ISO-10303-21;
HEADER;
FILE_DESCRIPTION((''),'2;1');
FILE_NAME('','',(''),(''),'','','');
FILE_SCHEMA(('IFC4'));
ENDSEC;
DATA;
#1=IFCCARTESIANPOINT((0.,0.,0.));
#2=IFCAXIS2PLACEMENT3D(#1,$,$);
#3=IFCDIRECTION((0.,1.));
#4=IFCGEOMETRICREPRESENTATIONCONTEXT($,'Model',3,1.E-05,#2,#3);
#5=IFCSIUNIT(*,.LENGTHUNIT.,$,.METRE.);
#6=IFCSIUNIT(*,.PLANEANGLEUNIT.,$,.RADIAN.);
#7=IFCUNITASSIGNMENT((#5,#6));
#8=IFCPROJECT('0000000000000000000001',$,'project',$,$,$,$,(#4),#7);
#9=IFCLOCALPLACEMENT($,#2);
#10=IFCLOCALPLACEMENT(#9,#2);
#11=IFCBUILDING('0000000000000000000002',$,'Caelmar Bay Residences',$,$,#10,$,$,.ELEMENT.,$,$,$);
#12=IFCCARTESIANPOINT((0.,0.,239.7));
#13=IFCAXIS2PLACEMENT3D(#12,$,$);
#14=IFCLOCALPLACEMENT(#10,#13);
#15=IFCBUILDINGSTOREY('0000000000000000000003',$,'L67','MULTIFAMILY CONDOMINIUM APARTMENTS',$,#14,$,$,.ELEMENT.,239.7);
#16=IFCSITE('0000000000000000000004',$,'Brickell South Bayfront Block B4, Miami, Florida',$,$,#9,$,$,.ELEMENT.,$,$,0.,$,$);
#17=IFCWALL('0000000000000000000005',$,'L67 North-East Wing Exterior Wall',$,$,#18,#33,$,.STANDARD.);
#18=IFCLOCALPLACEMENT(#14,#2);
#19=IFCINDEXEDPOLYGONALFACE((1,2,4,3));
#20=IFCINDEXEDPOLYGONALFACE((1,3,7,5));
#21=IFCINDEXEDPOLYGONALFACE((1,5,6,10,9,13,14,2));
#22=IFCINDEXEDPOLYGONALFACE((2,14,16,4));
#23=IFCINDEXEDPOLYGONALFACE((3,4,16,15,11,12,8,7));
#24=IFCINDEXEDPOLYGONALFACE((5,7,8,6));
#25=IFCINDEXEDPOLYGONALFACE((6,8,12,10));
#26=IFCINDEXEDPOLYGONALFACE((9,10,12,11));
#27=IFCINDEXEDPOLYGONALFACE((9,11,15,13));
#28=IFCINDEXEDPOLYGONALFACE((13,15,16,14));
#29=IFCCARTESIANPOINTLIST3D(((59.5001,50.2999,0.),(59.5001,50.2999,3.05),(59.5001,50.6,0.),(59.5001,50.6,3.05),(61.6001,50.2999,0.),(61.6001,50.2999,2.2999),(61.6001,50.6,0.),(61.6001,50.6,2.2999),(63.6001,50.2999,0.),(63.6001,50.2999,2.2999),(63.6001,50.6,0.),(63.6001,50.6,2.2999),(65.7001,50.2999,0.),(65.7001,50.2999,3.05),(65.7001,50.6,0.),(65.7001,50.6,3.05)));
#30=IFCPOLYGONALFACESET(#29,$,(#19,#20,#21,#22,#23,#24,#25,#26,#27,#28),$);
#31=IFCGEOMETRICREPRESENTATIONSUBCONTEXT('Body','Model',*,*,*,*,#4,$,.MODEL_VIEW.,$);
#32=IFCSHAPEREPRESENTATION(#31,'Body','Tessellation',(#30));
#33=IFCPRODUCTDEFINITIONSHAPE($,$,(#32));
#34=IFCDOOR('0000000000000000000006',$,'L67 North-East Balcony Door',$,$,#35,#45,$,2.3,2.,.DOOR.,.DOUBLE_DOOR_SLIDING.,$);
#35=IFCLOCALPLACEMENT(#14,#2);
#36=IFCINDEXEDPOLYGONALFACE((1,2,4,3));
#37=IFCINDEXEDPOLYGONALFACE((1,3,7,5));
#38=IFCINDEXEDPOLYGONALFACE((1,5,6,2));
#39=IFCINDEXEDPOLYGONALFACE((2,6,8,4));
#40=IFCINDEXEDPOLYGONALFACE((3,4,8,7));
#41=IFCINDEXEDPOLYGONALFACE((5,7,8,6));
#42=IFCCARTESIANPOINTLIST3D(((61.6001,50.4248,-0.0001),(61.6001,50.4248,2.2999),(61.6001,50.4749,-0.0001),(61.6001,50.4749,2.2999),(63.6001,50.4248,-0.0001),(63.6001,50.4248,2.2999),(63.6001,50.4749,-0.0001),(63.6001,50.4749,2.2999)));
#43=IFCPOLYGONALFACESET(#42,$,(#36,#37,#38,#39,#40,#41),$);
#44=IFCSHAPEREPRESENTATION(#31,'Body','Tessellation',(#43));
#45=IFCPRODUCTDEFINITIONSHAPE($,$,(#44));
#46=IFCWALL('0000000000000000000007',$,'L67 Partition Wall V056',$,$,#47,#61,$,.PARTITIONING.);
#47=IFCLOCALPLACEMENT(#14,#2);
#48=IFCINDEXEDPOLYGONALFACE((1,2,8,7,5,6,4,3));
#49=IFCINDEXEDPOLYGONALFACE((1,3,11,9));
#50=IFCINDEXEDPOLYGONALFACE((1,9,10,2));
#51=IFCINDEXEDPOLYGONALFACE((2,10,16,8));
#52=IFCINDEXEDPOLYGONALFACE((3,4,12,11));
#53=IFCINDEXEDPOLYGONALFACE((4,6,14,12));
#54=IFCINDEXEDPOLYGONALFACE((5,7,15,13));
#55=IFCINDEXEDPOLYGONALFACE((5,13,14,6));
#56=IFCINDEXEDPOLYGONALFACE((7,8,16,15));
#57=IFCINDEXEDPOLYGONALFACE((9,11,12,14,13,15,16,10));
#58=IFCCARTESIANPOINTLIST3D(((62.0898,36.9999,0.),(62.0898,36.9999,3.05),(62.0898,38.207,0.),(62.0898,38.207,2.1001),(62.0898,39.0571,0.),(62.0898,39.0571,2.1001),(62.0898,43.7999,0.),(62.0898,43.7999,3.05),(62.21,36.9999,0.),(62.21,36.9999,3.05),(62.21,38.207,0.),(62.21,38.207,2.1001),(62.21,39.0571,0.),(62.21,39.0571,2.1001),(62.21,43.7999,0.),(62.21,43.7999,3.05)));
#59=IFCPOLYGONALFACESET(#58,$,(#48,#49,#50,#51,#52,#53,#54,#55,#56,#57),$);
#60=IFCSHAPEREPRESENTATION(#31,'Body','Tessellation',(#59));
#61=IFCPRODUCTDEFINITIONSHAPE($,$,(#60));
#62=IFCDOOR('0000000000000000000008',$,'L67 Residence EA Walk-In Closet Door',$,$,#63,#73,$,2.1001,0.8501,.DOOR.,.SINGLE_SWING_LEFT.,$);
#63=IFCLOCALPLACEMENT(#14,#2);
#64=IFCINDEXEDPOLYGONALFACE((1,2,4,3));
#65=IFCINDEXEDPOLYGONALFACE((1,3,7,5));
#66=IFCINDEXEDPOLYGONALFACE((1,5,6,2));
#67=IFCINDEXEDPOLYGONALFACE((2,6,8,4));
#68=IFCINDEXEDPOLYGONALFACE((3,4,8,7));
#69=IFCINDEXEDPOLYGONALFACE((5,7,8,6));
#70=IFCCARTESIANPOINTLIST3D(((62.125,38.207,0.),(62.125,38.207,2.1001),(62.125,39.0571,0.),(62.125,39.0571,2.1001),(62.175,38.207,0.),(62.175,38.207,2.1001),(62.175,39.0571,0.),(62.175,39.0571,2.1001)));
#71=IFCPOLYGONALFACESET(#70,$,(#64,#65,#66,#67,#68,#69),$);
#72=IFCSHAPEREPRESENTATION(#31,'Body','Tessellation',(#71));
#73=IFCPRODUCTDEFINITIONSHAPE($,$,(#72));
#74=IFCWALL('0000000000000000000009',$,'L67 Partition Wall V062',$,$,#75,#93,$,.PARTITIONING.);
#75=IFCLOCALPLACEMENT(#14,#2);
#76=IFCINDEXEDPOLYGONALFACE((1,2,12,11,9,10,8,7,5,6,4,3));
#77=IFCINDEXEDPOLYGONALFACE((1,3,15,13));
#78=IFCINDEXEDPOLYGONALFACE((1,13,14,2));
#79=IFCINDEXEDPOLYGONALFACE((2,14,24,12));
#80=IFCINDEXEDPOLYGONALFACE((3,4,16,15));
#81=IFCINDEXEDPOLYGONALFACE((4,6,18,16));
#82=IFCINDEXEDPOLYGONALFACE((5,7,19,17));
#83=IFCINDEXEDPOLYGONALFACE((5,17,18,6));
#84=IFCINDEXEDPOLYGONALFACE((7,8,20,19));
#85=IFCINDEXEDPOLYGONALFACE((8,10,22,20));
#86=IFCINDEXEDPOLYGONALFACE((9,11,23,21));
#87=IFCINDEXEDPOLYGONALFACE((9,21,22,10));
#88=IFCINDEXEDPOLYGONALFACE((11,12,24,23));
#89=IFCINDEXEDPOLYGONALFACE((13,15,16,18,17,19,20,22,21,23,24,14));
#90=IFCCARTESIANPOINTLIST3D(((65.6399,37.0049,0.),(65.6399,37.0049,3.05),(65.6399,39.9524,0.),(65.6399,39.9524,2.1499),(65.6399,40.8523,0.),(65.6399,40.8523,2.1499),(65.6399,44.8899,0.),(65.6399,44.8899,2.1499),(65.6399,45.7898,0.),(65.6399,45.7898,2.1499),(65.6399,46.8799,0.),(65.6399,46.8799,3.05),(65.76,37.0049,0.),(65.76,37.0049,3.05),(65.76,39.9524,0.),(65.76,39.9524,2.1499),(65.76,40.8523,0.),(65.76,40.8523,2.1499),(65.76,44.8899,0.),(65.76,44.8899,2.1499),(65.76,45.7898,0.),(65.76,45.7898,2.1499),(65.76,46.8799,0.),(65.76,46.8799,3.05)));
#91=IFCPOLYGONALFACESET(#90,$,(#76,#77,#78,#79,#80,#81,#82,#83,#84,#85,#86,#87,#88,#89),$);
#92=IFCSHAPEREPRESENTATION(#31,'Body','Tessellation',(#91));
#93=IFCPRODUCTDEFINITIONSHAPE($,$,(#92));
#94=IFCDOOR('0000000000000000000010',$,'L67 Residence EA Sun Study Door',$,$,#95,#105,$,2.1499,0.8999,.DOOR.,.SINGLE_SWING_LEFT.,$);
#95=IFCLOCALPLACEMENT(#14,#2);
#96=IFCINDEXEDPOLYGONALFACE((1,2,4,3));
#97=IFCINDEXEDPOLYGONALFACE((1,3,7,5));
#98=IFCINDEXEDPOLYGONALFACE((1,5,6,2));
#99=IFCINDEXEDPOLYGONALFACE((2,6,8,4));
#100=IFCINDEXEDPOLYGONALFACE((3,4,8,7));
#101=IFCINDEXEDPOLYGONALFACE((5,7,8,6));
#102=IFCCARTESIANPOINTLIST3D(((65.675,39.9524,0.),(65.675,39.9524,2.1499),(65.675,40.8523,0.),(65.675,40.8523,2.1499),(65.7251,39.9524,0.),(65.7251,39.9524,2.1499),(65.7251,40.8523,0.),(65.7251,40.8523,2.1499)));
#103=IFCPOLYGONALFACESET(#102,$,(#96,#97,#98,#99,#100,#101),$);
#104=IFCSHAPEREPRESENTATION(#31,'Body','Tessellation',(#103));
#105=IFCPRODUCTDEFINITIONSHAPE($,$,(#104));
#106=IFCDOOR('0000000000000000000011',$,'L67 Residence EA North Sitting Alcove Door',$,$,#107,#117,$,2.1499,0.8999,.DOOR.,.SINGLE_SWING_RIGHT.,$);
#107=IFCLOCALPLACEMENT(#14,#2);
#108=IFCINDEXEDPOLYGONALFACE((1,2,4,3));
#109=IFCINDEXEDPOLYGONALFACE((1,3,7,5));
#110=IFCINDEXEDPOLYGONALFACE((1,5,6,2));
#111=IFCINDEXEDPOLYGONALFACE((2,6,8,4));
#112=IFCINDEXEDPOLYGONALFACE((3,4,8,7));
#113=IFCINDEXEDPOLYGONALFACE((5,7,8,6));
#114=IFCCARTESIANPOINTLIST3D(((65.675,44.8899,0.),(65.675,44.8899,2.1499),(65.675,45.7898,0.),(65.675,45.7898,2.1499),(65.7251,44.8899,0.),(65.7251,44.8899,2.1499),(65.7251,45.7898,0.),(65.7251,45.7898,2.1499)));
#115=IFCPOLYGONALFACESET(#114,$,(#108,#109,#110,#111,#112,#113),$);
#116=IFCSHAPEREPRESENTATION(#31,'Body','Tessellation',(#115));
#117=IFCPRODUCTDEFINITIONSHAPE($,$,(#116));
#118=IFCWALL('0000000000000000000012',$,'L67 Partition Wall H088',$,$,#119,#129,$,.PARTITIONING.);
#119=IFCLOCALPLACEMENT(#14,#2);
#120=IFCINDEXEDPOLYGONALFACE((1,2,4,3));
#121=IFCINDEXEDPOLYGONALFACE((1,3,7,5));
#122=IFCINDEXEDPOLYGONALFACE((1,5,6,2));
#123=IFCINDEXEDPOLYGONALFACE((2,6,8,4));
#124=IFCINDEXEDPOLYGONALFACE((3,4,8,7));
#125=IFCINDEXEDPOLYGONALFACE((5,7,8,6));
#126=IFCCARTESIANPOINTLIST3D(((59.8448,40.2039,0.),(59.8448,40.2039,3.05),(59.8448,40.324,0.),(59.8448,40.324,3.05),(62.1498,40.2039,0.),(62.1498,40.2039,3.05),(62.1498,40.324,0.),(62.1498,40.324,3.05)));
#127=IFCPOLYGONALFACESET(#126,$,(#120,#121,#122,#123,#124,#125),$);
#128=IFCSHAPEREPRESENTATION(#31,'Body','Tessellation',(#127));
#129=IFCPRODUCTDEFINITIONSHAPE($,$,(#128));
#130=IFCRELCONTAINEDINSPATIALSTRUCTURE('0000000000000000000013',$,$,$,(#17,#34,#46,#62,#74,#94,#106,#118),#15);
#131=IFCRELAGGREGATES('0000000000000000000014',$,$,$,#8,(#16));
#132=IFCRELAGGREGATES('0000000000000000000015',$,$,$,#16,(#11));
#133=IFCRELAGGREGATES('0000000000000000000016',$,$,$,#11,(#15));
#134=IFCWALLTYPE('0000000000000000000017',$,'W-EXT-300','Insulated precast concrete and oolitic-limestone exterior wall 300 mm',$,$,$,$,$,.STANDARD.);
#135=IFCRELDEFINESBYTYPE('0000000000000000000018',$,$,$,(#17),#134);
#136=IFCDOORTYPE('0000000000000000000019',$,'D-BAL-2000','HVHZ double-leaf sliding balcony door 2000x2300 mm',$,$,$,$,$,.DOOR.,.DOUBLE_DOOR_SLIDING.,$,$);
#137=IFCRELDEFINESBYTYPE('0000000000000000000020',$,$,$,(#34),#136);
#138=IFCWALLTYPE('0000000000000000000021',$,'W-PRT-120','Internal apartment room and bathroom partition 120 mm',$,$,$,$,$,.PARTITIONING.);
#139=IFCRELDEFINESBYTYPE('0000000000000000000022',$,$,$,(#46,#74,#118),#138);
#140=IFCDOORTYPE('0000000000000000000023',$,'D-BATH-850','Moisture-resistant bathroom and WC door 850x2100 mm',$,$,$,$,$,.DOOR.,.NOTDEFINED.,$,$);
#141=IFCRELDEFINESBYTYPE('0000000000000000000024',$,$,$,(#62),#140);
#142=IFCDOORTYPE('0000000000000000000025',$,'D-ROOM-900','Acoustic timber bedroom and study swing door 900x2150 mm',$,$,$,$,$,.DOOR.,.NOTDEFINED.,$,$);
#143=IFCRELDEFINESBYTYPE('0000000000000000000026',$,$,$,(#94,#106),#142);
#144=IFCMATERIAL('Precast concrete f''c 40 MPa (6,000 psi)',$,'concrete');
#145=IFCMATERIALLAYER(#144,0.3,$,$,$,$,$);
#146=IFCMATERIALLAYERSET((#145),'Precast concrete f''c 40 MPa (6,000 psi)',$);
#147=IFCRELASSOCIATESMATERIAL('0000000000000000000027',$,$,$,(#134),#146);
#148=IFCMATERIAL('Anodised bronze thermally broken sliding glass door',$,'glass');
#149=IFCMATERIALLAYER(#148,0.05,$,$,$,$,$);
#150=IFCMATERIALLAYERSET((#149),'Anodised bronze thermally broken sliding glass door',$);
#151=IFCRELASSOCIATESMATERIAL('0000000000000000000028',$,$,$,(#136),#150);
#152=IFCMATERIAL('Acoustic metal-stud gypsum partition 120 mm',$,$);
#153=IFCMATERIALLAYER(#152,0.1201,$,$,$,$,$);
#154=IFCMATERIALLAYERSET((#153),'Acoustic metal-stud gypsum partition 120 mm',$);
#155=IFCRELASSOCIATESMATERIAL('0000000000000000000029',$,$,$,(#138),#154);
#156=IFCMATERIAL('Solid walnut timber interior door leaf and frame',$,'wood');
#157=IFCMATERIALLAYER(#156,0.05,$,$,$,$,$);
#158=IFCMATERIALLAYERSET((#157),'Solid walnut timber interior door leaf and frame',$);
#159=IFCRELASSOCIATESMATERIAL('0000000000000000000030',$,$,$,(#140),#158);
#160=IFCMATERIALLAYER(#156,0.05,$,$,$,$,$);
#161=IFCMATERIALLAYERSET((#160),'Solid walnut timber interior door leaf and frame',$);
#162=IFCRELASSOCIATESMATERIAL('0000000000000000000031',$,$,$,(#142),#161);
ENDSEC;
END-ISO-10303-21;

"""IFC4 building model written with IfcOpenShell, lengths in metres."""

from ifc_helpers import new_model, si_unit, direction, frame, frame_2d, origin, place, context, subcontext, project, spatial, rectangle, extrude, material, layer, layer_set, type_object, element, fill, save


model = new_model("IFC4")

# Units and contexts
model_context = context("Model", 3, precision=1e-05, world=origin(), true_north=direction((0.0, 1.0)))
body_context = subcontext(model_context, "Body", "Model", "MODEL_VIEW")
ifc_project = project(units=[si_unit("LENGTHUNIT", "METRE"), si_unit("PLANEANGLEUNIT", "RADIAN")], contexts=[model_context])

# Site, building, storey
site_placement = place(None, origin())
site = spatial("IfcSite", under=ifc_project, at=site_placement, Name="Brickell South Bayfront Block B4, Miami, Florida", CompositionType="ELEMENT", RefElevation=0.0)
building_placement = place(site_placement, origin())
building = spatial("IfcBuilding", under=site, at=building_placement, Name="Caelmar Bay Residences", CompositionType="ELEMENT")
storey_placement = place(building_placement, frame((0.0, 0.0, 239.7)))
storey = spatial("IfcBuildingStorey", under=building, at=storey_placement, Name="L67", Description="MULTIFAMILY CONDOMINIUM APARTMENTS", CompositionType="ELEMENT", Elevation=239.7)

# Shared definitions
ifc_material_1 = material(Name="Precast concrete f'c 40 MPa (6,000 psi)", Category="concrete")
ifc_layer_1 = layer(ifc_material_1, 0.3)
ifc_layer_set_1 = layer_set([ifc_layer_1], Name="Precast concrete f'c 40 MPa (6,000 psi)")
wall_type_1 = type_object("IfcWallType", Name="W-EXT-300", Description="Insulated precast concrete and oolitic-limestone exterior wall 300 mm", PredefinedType="STANDARD", material=ifc_layer_set_1)

# Walls, openings, doors
wall_1_placement = place(storey_placement, frame((59.5, 50.45, 0.0), z_axis=(0.0, 0.0, 1.0), x_axis=(1.0, 0.0, 0.0)))
wall_1 = element("IfcWall", 1, at=wall_1_placement, inside=storey, type_object=wall_type_1, Name="L67 North-East Wing Exterior Wall", PredefinedType="STANDARD", context=body_context, shape_type="SweptSolid", body=[
    extrude(rectangle(XDim=6.2, YDim=0.3, at=frame_2d((3.1001, 0.0))), origin(), (0.0, 0.0, 1.0), 3.05),
])
opening_1_placement = place(wall_1_placement, frame((2.1001, 0.0, 0.0)))
opening_1 = element("IfcOpeningElement", 2, at=opening_1_placement, cuts=wall_1, PredefinedType="OPENING", context=body_context, shape_type="SweptSolid", body=[
    extrude(rectangle(XDim=2.0, YDim=2.3, at=frame_2d((1.0, 1.1499))), frame((0.0, 0.1599, 0.0), z_axis=(0.0, -1.0, 0.0), x_axis=(1.0, 0.0, 0.0)), (0.0, 0.0, 1.0), 0.3201),
])
ifc_material_2 = material(Name="Anodised bronze thermally broken sliding glass door", Category="glass")
ifc_layer_2 = layer(ifc_material_2, 0.05)
ifc_layer_set_2 = layer_set([ifc_layer_2], Name="Anodised bronze thermally broken sliding glass door")
door_type_1 = type_object("IfcDoorType", Name="D-BAL-2000", Description="HVHZ double-leaf sliding balcony door 2000x2300 mm", OperationType="DOUBLE_DOOR_SLIDING", PredefinedType="DOOR", material=ifc_layer_set_2)
door_1_placement = place(opening_1_placement, origin())
door_1 = element("IfcDoor", 3, at=door_1_placement, inside=storey, type_object=door_type_1, Name="L67 North-East Balcony Door", OperationType="DOUBLE_DOOR_SLIDING", OverallHeight=2.3, OverallWidth=2.0, PredefinedType="DOOR", context=body_context, shape_type="SweptSolid", body=[
    extrude(rectangle(XDim=2.0, YDim=2.3, at=frame_2d((1.0, 1.1499))), frame((0.0, 0.0249, 0.0), z_axis=(0.0, -1.0, 0.0), x_axis=(1.0, 0.0, 0.0)), (0.0, 0.0, 1.0), 0.05),
])
fill(opening_1, door_1)
ifc_material_3 = material(Name="Acoustic metal-stud gypsum partition 120 mm")
ifc_layer_3 = layer(ifc_material_3, 0.1201)
ifc_layer_set_3 = layer_set([ifc_layer_3], Name="Acoustic metal-stud gypsum partition 120 mm")
wall_type_2 = type_object("IfcWallType", Name="W-PRT-120", Description="Internal apartment room and bathroom partition 120 mm", PredefinedType="PARTITIONING", material=ifc_layer_set_3)
wall_2_placement = place(storey_placement, frame((62.1499, 37.0, 0.0), z_axis=(0.0, 0.0, 1.0), x_axis=(0.0, 1.0, 0.0)))
wall_2 = element("IfcWall", 4, at=wall_2_placement, inside=storey, type_object=wall_type_2, Name="L67 Partition Wall V056", PredefinedType="PARTITIONING", context=body_context, shape_type="SweptSolid", body=[
    extrude(rectangle(XDim=6.8, YDim=0.1201, at=frame_2d((3.3999, 0.0))), origin(), (0.0, 0.0, 1.0), 3.05),
])
opening_2_placement = place(wall_2_placement, frame((1.207, 0.0, 0.0)))
opening_2 = element("IfcOpeningElement", 5, at=opening_2_placement, cuts=wall_2, PredefinedType="OPENING", context=body_context, shape_type="SweptSolid", body=[
    extrude(rectangle(XDim=0.8501, YDim=2.1001, at=frame_2d((0.425, 1.05))), frame((0.0, 0.0701, 0.0), z_axis=(0.0, -1.0, 0.0), x_axis=(1.0, 0.0, 0.0)), (0.0, 0.0, 1.0), 0.1401),
])
ifc_material_4 = material(Name="Solid walnut timber interior door leaf and frame", Category="wood")
ifc_layer_4 = layer(ifc_material_4, 0.05)
ifc_layer_set_4 = layer_set([ifc_layer_4], Name="Solid walnut timber interior door leaf and frame")
door_type_2 = type_object("IfcDoorType", Name="D-BATH-850", Description="Moisture-resistant bathroom and WC door 850x2100 mm", OperationType="NOTDEFINED", PredefinedType="DOOR", material=ifc_layer_set_4)
door_2_placement = place(opening_2_placement, origin())
door_2 = element("IfcDoor", 6, at=door_2_placement, inside=storey, type_object=door_type_2, Name="L67 Residence EA Walk-In Closet Door", OperationType="SINGLE_SWING_LEFT", OverallHeight=2.1001, OverallWidth=0.8501, PredefinedType="DOOR", context=body_context, shape_type="SweptSolid", body=[
    extrude(rectangle(XDim=0.8501, YDim=2.1001, at=frame_2d((0.425, 1.05))), frame((0.0, 0.0249, 0.0), z_axis=(0.0, -1.0, 0.0), x_axis=(1.0, 0.0, 0.0)), (0.0, 0.0, 1.0), 0.05),
])
fill(opening_2, door_2)

# Wall, openings, doors
wall_3_placement = place(storey_placement, frame((65.7, 37.0049, 0.0), z_axis=(0.0, 0.0, 1.0), x_axis=(0.0, 1.0, 0.0)))
wall_3 = element("IfcWall", 7, at=wall_3_placement, inside=storey, type_object=wall_type_2, Name="L67 Partition Wall V062", PredefinedType="PARTITIONING", context=body_context, shape_type="SweptSolid", body=[
    extrude(rectangle(XDim=9.875, YDim=0.1201, at=frame_2d((4.9375, 0.0))), origin(), (0.0, 0.0, 1.0), 3.05),
])
opening_3_placement = place(wall_3_placement, frame((2.9475, 0.0, 0.0)))
opening_3 = element("IfcOpeningElement", 8, at=opening_3_placement, cuts=wall_3, PredefinedType="OPENING", context=body_context, shape_type="SweptSolid", body=[
    extrude(rectangle(XDim=0.8999, YDim=2.1499, at=frame_2d((0.45, 1.075))), frame((0.0, 0.0701, 0.0), z_axis=(0.0, -1.0, 0.0), x_axis=(1.0, 0.0, 0.0)), (0.0, 0.0, 1.0), 0.1401),
])
opening_4_placement = place(wall_3_placement, frame((7.885, 0.0, 0.0)))
opening_4 = element("IfcOpeningElement", 9, at=opening_4_placement, cuts=wall_3, PredefinedType="OPENING", context=body_context, shape_type="SweptSolid", body=[
    extrude(rectangle(XDim=0.8999, YDim=2.1499, at=frame_2d((0.45, 1.075))), frame((0.0, 0.0701, 0.0), z_axis=(0.0, -1.0, 0.0), x_axis=(1.0, 0.0, 0.0)), (0.0, 0.0, 1.0), 0.1401),
])
ifc_layer_5 = layer(ifc_material_4, 0.05)
ifc_layer_set_5 = layer_set([ifc_layer_5], Name="Solid walnut timber interior door leaf and frame")
door_type_3 = type_object("IfcDoorType", Name="D-ROOM-900", Description="Acoustic timber bedroom and study swing door 900x2150 mm", OperationType="NOTDEFINED", PredefinedType="DOOR", material=ifc_layer_set_5)
door_3_placement = place(opening_3_placement, origin())
door_3 = element("IfcDoor", 10, at=door_3_placement, inside=storey, type_object=door_type_3, Name="L67 Residence EA Sun Study Door", OperationType="SINGLE_SWING_LEFT", OverallHeight=2.1499, OverallWidth=0.8999, PredefinedType="DOOR", context=body_context, shape_type="SweptSolid", body=[
    extrude(rectangle(XDim=0.8999, YDim=2.1499, at=frame_2d((0.45, 1.075))), frame((0.0, 0.0249, 0.0), z_axis=(0.0, -1.0, 0.0), x_axis=(1.0, 0.0, 0.0)), (0.0, 0.0, 1.0), 0.05),
])
fill(opening_3, door_3)
door_4_placement = place(opening_4_placement, origin())
door_4 = element("IfcDoor", 11, at=door_4_placement, inside=storey, type_object=door_type_3, Name="L67 Residence EA North Sitting Alcove Door", OperationType="SINGLE_SWING_RIGHT", OverallHeight=2.1499, OverallWidth=0.8999, PredefinedType="DOOR", context=body_context, shape_type="SweptSolid", body=[
    extrude(rectangle(XDim=0.8999, YDim=2.1499, at=frame_2d((0.45, 1.075))), frame((0.0, 0.0249, 0.0), z_axis=(0.0, -1.0, 0.0), x_axis=(1.0, 0.0, 0.0)), (0.0, 0.0, 1.0), 0.05),
])
fill(opening_4, door_4)

# Wall
wall_4_placement = place(storey_placement, frame((59.845, 40.2639, 0.0), z_axis=(0.0, 0.0, 1.0), x_axis=(1.0, 0.0, 0.0)))
element("IfcWall", 12, at=wall_4_placement, inside=storey, type_object=wall_type_2, Name="L67 Partition Wall H088", PredefinedType="PARTITIONING", context=body_context, shape_type="SweptSolid", body=[
    extrude(rectangle(XDim=2.3049, YDim=0.1201, at=frame_2d((1.1523, 0.0))), origin(), (0.0, 0.0, 1.0), 3.05),
])

save(model, "model.ifc")
